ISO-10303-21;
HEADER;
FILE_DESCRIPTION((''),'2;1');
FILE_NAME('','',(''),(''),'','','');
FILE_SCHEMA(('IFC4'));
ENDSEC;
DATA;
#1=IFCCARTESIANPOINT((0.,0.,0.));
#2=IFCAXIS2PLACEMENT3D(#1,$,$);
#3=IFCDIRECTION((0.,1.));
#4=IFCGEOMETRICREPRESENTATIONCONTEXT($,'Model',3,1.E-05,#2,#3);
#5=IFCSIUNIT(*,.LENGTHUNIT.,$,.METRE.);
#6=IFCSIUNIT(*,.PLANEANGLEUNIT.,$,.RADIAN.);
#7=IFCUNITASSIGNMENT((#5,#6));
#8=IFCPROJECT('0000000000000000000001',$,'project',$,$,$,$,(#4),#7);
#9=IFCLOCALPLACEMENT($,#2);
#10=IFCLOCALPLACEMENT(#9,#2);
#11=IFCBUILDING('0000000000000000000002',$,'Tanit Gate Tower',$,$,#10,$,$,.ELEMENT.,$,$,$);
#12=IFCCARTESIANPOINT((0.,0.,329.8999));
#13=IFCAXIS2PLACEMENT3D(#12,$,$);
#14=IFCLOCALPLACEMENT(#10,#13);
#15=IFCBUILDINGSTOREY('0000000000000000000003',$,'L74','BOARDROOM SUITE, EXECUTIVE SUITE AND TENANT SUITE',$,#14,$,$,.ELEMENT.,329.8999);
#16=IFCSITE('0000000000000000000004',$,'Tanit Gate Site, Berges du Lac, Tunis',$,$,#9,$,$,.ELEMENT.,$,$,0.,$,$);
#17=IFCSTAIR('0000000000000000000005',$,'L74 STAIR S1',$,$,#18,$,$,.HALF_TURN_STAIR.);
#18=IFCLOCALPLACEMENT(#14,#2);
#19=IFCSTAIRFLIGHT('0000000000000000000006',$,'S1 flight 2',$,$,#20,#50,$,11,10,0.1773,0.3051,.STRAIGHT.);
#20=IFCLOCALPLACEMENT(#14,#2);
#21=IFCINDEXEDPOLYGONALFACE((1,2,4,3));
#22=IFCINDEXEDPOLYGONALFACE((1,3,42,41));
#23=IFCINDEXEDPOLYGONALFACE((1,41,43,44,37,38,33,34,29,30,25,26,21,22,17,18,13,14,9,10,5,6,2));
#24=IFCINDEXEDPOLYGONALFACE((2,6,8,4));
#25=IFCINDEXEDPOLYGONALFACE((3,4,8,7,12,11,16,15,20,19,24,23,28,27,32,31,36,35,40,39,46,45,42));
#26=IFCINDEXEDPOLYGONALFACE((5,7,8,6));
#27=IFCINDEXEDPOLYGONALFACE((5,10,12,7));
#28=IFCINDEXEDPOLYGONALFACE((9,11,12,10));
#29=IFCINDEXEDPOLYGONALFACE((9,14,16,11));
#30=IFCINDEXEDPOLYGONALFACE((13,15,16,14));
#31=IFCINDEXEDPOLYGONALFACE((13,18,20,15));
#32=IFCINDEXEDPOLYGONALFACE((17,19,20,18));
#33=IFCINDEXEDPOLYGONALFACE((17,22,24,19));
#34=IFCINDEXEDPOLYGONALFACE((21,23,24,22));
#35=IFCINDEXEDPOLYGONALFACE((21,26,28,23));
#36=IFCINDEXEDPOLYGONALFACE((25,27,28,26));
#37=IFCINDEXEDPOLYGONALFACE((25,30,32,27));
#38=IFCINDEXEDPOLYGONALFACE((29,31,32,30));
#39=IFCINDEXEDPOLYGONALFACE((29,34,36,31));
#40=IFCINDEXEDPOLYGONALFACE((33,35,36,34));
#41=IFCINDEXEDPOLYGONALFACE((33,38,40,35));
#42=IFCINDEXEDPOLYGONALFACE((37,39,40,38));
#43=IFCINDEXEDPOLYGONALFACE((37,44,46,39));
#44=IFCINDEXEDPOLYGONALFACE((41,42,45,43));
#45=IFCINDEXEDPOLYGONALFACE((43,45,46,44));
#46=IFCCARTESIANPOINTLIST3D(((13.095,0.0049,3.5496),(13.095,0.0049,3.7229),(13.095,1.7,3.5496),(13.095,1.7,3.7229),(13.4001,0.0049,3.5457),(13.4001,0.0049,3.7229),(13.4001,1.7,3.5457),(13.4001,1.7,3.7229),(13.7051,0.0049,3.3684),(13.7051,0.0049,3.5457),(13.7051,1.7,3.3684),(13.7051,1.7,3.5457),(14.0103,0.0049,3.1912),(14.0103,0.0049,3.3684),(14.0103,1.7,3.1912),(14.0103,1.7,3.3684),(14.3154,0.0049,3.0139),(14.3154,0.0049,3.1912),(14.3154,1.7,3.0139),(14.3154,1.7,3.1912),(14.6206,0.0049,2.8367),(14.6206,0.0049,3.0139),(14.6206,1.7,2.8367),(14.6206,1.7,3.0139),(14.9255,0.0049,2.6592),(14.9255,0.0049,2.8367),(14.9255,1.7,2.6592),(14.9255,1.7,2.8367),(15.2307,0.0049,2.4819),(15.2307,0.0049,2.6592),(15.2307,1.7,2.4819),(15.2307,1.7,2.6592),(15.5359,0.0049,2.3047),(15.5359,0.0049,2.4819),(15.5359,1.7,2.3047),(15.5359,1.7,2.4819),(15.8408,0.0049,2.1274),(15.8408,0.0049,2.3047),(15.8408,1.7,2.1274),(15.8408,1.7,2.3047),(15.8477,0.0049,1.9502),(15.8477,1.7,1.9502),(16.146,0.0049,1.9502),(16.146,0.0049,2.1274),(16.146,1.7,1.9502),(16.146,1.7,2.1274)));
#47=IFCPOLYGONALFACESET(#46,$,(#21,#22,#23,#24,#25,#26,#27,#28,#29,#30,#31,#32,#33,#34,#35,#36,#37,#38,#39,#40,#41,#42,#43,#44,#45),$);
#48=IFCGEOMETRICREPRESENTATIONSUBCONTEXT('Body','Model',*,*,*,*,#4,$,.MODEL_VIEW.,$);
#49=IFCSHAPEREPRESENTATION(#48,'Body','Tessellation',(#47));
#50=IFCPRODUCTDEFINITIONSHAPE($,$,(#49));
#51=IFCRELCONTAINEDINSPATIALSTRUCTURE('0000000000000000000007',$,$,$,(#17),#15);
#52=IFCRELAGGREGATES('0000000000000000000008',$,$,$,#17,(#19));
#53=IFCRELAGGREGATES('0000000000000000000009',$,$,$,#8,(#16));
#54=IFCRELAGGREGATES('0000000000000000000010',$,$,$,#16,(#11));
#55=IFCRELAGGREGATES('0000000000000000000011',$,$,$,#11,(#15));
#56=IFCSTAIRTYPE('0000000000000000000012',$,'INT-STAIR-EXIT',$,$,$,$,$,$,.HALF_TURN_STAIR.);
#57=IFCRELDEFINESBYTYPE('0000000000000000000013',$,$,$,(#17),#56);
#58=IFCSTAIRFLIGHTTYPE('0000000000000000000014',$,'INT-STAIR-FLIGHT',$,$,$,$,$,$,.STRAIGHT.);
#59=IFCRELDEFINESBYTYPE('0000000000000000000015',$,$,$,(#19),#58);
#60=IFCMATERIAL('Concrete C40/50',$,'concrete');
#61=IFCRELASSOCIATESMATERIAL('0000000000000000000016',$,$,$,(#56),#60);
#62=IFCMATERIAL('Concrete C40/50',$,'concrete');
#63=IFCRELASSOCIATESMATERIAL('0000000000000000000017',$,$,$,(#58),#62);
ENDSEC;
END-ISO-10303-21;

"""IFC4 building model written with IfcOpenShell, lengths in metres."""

from ifc_helpers import new_model, si_unit, direction, frame, origin, place, context, subcontext, project, spatial, polyline, outline, extrude, material, type_object, element, aggregate, save


model = new_model("IFC4")

# Units and contexts
model_context = context("Model", 3, precision=1e-05, world=origin(), true_north=direction((0.0, 1.0)))
body_context = subcontext(model_context, "Body", "Model", "MODEL_VIEW")
ifc_project = project(units=[si_unit("LENGTHUNIT", "METRE"), si_unit("PLANEANGLEUNIT", "RADIAN")], contexts=[model_context])

# Site, building, storey
site_placement = place(None, origin())
site = spatial("IfcSite", under=ifc_project, at=site_placement, Name="Tanit Gate Site, Berges du Lac, Tunis", CompositionType="ELEMENT", RefElevation=0.0)
building_placement = place(site_placement, origin())
building = spatial("IfcBuilding", under=site, at=building_placement, Name="Tanit Gate Tower", CompositionType="ELEMENT")
storey_placement = place(building_placement, frame((0.0, 0.0, 329.8999)))
storey = spatial("IfcBuildingStorey", under=building, at=storey_placement, Name="L74", Description="BOARDROOM SUITE, EXECUTIVE SUITE AND TENANT SUITE", CompositionType="ELEMENT", Elevation=329.8999)

# Stair, stair flight
ifc_material_1 = material(Name="Concrete C40/50", Category="concrete")
stair_type = type_object("IfcStairType", Name="INT-STAIR-EXIT", PredefinedType="HALF_TURN_STAIR", material=ifc_material_1)
stair_placement = place(storey_placement, origin())
stair = element("IfcStair", 1, at=stair_placement, inside=storey, type_object=stair_type, Name="L74 STAIR S1", PredefinedType="HALF_TURN_STAIR")
ifc_material_2 = material(Name="Concrete C40/50", Category="concrete")
stair_flight_type = type_object("IfcStairFlightType", Name="INT-STAIR-FLIGHT", PredefinedType="STRAIGHT", material=ifc_material_2)
stair_flight_placement = place(storey_placement, frame((16.146, 0.8525, 1.9502), z_axis=(0.0, 0.0, 1.0), x_axis=(-1.0, 0.0, 0.0)))
stair_flight = element("IfcStairFlight", 2, at=stair_flight_placement, type_object=stair_flight_type, Name="S1 flight 2", NumberOfRisers=11, NumberOfTreads=10, PredefinedType="STRAIGHT", RiserHeight=0.1773, TreadLength=0.3051, context=body_context, shape_type="SweptSolid", body=[
    extrude(outline(polyline([(0.0, 0.0), (0.0, 0.1772), (0.3052, 0.1772), (0.3052, 0.3545), (0.6101, 0.3545), (0.6101, 0.5317), (0.9153, 0.5317), (0.9153, 0.709), (1.2205, 0.709), (1.2205, 0.8865), (1.5254, 0.8865), (1.5254, 1.0637), (1.8306, 1.0637), (1.8306, 1.241), (2.1357, 1.241), (2.1357, 1.4182), (2.4409, 1.4182), (2.4409, 1.5955), (2.7458, 1.5955), (2.7458, 1.7727), (3.051, 1.7727), (3.051, 1.95), (3.051, 1.5994), (0.2983, 0.0), (0.0, 0.0)])), frame((0.0, 0.8477, 0.0), z_axis=(0.0, -1.0, 0.0), x_axis=(1.0, 0.0, 0.0)), (0.0, 0.0, 1.0), 1.6951),
])
aggregate(stair, [stair_flight])

save(model, "model.ifc")
